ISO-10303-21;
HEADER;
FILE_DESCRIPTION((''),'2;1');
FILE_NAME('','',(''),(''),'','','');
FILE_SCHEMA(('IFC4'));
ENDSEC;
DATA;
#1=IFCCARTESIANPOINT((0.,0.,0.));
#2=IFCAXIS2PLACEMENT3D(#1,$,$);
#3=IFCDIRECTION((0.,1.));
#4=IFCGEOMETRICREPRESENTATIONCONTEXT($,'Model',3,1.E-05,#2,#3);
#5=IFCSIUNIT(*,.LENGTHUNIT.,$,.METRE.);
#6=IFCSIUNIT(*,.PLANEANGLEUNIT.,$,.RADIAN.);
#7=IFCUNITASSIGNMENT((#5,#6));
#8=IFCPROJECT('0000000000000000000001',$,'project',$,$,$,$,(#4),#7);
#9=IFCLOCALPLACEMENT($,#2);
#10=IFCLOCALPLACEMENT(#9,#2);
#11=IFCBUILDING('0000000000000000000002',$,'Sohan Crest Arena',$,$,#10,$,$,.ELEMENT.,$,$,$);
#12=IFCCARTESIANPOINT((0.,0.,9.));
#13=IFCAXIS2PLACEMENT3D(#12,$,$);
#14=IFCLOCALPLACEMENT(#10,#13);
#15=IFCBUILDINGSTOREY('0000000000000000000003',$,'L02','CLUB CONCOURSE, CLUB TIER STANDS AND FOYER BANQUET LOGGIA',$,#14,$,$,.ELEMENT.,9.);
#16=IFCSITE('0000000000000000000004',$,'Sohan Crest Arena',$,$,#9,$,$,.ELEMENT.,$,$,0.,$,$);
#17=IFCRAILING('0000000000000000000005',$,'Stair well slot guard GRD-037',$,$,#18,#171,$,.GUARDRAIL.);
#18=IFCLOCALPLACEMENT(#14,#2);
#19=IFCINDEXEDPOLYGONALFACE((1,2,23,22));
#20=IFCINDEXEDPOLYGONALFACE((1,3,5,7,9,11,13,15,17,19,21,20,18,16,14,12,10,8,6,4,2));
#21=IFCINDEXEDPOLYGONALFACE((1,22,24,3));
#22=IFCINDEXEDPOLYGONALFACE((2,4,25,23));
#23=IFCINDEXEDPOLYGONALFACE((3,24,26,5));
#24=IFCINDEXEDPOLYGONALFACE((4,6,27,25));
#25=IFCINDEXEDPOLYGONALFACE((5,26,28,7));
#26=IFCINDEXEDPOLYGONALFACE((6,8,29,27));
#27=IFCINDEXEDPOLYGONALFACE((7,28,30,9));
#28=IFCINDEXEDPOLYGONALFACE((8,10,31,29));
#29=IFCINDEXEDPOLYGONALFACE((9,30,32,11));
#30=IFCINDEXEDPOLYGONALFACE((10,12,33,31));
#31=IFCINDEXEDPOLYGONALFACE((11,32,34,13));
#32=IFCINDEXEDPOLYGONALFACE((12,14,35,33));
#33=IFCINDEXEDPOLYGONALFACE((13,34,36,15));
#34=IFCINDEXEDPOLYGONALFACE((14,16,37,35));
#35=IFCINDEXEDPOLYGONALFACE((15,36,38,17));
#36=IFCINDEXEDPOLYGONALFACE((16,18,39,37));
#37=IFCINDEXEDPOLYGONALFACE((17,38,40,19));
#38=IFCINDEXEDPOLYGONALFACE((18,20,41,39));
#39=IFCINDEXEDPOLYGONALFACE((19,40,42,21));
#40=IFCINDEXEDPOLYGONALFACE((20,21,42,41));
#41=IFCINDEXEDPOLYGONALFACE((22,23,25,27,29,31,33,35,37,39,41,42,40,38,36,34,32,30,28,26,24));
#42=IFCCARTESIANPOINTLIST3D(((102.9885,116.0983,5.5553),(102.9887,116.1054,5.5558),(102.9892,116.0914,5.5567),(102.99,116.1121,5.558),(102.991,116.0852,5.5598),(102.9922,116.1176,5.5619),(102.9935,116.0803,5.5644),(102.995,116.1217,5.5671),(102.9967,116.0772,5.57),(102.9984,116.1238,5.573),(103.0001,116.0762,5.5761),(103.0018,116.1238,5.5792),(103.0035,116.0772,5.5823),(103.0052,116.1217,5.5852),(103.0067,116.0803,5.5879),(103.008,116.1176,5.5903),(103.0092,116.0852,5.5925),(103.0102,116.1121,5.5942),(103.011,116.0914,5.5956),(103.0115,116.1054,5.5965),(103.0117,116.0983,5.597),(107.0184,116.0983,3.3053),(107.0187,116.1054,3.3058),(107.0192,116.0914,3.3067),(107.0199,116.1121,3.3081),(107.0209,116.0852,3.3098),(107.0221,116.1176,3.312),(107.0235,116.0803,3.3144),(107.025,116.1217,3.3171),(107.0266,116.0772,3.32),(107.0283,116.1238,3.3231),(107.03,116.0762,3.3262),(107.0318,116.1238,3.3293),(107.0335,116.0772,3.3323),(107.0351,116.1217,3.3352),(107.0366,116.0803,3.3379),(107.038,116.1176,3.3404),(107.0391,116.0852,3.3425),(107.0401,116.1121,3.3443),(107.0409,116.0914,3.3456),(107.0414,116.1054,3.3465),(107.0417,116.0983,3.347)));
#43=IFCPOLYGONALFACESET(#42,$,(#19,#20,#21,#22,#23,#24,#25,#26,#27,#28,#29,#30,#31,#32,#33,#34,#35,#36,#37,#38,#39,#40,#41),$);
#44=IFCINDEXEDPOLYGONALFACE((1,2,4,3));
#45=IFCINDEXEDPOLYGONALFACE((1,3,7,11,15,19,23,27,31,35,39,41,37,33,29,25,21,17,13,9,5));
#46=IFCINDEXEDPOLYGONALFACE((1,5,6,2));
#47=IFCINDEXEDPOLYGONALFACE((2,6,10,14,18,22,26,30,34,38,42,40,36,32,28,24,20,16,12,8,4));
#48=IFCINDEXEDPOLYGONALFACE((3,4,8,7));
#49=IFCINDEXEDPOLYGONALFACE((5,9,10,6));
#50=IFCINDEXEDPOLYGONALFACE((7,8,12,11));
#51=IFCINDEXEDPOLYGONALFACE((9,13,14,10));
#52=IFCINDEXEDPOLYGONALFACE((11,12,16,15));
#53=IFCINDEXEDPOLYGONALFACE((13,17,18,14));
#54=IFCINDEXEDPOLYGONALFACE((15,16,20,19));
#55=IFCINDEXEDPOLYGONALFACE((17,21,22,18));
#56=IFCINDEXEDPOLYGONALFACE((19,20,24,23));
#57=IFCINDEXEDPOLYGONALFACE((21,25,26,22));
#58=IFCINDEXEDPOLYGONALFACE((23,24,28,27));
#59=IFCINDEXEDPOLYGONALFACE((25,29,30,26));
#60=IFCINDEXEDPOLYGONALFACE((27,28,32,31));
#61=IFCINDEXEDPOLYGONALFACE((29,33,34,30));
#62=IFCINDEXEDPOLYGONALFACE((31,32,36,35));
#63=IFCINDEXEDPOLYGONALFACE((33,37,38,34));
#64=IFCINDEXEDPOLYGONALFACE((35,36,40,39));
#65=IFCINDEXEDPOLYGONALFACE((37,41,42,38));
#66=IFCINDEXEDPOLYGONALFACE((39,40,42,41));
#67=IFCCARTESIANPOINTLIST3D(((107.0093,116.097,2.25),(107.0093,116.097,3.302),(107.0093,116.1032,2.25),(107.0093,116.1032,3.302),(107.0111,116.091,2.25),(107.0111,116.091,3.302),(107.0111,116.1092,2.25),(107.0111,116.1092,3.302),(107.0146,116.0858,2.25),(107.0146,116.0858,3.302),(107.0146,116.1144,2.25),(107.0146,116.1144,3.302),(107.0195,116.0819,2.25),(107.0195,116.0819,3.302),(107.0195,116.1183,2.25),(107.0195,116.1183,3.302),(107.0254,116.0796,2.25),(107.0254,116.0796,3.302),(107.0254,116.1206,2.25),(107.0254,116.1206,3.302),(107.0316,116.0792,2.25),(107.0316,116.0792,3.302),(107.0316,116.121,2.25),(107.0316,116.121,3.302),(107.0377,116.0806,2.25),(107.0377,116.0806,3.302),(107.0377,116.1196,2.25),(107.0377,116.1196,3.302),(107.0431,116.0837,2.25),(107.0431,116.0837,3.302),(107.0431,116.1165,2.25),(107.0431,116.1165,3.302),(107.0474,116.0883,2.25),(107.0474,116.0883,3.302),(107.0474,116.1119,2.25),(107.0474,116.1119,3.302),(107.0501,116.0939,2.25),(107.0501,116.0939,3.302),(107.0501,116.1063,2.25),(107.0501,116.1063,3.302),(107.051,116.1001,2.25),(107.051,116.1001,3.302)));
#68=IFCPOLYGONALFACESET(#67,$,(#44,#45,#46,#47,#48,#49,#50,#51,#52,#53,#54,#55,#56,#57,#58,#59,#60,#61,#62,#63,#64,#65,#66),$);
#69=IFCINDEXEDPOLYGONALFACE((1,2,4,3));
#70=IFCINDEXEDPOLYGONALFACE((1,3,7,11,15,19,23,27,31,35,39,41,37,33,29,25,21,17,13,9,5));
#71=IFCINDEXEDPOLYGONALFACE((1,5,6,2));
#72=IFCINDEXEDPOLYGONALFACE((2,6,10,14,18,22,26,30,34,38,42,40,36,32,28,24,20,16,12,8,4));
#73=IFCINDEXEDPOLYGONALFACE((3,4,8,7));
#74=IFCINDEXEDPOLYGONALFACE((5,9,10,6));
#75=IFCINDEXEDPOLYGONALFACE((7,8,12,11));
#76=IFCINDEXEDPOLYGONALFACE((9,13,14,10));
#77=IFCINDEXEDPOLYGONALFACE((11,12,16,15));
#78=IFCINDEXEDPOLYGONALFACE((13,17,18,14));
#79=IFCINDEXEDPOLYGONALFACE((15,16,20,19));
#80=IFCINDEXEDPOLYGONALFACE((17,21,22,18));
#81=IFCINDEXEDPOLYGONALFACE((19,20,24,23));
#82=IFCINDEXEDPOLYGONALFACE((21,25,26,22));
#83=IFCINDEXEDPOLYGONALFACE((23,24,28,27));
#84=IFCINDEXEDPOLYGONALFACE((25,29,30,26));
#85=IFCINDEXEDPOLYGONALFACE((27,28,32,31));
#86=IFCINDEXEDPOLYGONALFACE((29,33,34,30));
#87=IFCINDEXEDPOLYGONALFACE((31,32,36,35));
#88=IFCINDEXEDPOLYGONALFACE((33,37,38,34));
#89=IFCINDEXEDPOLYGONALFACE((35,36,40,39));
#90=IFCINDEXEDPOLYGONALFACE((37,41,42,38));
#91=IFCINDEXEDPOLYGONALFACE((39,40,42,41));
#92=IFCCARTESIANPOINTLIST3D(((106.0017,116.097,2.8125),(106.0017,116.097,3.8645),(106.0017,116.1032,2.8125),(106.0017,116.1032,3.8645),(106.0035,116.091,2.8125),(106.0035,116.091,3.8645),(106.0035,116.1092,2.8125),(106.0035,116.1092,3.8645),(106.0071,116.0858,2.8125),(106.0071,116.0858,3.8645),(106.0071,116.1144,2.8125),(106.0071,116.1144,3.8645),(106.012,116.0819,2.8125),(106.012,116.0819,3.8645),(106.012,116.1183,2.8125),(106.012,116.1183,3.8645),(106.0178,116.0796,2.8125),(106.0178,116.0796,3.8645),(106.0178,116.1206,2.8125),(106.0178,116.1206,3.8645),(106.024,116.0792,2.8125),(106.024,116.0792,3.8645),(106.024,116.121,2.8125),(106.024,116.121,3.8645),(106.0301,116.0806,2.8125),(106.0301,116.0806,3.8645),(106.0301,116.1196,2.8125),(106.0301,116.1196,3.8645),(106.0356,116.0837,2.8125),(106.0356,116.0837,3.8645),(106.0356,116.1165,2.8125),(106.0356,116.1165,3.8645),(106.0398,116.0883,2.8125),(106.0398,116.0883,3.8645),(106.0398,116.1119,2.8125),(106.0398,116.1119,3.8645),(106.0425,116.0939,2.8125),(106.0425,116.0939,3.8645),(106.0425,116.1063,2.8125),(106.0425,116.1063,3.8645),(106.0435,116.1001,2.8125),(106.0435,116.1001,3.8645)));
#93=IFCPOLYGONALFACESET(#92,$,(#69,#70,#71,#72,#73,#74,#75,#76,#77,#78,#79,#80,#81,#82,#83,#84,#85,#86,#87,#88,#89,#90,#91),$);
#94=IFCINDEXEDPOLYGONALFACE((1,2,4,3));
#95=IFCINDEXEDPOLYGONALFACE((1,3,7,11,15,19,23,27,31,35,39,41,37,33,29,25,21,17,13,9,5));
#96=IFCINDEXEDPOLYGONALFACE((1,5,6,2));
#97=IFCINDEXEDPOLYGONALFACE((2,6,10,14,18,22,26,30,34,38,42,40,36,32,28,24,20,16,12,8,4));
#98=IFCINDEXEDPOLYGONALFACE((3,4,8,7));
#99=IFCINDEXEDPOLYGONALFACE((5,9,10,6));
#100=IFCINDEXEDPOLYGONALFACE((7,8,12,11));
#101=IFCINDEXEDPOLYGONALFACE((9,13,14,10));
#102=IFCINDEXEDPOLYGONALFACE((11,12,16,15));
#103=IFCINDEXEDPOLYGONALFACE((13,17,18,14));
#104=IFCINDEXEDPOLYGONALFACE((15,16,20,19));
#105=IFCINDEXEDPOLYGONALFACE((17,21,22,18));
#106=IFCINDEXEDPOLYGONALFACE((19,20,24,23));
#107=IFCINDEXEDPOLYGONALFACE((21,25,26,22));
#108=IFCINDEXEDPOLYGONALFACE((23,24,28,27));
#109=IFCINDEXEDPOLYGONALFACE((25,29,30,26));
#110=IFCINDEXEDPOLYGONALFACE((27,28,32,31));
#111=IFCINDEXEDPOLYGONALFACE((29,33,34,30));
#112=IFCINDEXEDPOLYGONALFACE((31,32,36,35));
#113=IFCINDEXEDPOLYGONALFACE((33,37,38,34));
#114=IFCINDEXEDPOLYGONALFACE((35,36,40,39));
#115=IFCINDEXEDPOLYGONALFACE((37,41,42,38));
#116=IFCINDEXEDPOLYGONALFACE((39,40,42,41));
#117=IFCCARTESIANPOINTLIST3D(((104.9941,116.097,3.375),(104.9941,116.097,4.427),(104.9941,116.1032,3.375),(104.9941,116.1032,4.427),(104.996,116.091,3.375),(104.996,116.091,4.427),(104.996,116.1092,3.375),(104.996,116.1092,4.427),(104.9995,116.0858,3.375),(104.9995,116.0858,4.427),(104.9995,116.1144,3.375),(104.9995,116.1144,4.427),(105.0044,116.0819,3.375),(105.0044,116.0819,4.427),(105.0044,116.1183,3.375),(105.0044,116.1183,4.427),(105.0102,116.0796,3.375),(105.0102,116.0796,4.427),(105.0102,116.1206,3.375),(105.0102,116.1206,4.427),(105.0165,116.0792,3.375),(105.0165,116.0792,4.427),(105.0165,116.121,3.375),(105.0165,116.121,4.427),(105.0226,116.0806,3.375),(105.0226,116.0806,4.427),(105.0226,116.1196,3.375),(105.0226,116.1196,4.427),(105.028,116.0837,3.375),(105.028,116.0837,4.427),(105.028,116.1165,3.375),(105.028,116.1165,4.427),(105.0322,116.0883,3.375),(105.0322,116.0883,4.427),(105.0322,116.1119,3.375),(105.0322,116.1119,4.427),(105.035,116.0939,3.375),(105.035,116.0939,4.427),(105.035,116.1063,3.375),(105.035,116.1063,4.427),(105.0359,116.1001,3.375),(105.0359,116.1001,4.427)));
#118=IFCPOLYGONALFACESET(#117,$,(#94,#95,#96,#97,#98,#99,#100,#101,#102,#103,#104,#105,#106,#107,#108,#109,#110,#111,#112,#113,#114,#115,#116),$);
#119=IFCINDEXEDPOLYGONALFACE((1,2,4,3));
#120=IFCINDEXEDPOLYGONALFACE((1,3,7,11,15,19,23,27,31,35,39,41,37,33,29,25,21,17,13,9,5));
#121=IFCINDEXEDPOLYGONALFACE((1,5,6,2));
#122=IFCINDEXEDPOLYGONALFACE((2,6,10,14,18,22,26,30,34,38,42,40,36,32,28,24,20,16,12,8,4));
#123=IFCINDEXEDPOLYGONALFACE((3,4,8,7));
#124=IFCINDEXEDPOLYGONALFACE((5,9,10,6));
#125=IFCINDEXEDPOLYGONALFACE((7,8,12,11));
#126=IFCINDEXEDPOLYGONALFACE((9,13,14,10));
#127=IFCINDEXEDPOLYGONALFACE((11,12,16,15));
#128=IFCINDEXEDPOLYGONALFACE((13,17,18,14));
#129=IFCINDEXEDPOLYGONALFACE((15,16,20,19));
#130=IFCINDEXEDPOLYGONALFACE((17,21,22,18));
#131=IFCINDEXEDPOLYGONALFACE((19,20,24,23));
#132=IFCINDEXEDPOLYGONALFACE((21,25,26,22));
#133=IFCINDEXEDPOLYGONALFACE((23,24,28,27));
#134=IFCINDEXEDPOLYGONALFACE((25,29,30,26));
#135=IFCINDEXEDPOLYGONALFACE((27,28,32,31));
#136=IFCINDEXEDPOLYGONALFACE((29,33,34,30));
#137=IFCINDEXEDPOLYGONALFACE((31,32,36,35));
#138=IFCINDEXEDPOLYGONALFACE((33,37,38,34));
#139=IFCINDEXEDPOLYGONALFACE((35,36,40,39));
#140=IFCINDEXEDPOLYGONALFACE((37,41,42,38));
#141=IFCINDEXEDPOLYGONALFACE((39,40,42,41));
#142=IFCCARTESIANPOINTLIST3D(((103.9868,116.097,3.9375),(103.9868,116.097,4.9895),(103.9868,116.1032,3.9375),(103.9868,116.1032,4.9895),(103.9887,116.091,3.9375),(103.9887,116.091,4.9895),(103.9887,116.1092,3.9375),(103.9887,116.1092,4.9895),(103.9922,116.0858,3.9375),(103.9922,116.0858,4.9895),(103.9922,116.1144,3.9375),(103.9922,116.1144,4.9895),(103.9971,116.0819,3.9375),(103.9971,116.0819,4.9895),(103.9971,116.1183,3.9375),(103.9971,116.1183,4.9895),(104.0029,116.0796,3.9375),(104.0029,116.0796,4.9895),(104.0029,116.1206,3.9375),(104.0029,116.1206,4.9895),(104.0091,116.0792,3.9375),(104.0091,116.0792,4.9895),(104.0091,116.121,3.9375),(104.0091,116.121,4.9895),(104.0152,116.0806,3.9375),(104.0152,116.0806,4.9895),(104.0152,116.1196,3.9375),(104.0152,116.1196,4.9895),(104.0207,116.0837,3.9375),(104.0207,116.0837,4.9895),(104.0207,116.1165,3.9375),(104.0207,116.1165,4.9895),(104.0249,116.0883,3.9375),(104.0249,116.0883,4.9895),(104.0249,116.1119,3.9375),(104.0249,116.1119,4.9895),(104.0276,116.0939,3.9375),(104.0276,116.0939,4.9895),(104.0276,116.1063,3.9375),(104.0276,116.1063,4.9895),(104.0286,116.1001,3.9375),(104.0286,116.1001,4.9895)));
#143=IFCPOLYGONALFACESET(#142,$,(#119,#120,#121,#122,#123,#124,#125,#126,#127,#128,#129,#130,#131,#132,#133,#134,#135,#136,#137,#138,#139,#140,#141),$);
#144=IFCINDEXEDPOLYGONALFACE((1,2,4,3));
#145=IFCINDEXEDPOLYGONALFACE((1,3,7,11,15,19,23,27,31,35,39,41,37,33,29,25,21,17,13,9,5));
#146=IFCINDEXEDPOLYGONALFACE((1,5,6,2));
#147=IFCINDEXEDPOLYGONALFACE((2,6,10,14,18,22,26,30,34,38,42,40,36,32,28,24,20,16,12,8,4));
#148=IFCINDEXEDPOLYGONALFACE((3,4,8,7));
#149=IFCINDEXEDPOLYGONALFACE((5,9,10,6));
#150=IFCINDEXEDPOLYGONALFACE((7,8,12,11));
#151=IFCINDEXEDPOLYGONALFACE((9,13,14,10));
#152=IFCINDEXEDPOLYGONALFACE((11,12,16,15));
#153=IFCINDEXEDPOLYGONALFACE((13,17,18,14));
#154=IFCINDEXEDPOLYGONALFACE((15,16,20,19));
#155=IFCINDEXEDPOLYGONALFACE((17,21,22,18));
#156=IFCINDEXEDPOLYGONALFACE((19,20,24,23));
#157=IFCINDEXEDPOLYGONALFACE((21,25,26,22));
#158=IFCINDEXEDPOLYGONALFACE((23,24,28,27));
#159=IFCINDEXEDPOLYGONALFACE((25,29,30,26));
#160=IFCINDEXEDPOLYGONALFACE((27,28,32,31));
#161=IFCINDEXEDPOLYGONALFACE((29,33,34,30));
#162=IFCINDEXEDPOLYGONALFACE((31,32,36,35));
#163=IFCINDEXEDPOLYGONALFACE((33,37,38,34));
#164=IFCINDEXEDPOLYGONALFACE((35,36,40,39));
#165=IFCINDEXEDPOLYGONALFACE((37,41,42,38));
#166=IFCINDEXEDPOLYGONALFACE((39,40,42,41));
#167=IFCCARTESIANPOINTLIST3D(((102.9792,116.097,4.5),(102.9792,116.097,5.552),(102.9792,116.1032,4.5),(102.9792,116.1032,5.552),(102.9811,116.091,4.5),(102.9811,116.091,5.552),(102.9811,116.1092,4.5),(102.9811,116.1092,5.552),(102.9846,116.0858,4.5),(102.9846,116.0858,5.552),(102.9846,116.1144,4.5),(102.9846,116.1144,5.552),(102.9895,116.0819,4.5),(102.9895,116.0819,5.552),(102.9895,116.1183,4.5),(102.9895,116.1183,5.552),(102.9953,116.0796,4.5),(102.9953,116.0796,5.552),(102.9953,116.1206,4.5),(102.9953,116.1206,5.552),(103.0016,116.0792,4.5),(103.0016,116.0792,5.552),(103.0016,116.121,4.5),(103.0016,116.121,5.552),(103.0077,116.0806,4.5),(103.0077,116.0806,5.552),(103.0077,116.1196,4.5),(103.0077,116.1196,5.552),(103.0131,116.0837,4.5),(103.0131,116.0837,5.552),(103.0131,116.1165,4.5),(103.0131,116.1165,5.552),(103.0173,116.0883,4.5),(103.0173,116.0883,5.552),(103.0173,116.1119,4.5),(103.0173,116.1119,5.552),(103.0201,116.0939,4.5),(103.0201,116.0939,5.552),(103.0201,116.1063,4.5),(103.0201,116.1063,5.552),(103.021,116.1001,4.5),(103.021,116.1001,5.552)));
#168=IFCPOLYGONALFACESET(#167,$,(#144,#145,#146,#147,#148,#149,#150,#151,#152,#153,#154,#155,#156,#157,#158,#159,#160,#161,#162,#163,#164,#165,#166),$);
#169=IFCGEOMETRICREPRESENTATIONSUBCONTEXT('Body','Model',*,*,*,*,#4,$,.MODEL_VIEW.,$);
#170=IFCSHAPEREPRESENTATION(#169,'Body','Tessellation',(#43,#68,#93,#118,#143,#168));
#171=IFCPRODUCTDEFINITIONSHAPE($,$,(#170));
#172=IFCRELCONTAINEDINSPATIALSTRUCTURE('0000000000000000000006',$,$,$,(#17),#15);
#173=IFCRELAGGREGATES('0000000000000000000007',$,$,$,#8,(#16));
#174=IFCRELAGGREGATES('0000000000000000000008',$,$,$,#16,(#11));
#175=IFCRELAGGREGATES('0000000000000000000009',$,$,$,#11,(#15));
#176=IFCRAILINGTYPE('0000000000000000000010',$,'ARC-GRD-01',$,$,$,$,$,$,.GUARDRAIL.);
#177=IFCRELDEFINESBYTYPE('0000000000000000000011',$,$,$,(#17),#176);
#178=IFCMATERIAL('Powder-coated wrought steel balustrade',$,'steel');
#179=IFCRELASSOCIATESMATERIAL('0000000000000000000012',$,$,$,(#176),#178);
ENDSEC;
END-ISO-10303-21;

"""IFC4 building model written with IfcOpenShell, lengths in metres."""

from ifc_helpers import new_model, si_unit, direction, frame, origin, origin_2d, place, context, subcontext, project, spatial, circle, extrude, material, type_object, element, save


model = new_model("IFC4")

# Units and contexts
model_context = context("Model", 3, precision=1e-05, world=origin(), true_north=direction((0.0, 1.0)))
body_context = subcontext(model_context, "Body", "Model", "MODEL_VIEW")
ifc_project = project(units=[si_unit("LENGTHUNIT", "METRE"), si_unit("PLANEANGLEUNIT", "RADIAN")], contexts=[model_context])

# Site, building, storey
site_placement = place(None, origin())
site = spatial("IfcSite", under=ifc_project, at=site_placement, Name="Sohan Crest Arena", CompositionType="ELEMENT", RefElevation=0.0)
building_placement = place(site_placement, origin())
building = spatial("IfcBuilding", under=site, at=building_placement, Name="Sohan Crest Arena", CompositionType="ELEMENT")
storey_placement = place(building_placement, frame((0.0, 0.0, 9.0)))
storey = spatial("IfcBuildingStorey", under=building, at=storey_placement, Name="L02", Description="CLUB CONCOURSE, CLUB TIER STANDS AND FOYER BANQUET LOGGIA", CompositionType="ELEMENT", Elevation=9.0)

# Railing
ifc_material_1 = material(Name="Powder-coated wrought steel balustrade", Category="steel")
railing_type_1 = type_object("IfcRailingType", Name="ARC-GRD-01", PredefinedType="GUARDRAIL", material=ifc_material_1)
railing_1_placement = place(storey_placement, frame((107.03, 116.1001, 2.25)))
element("IfcRailing", 1, at=railing_1_placement, inside=storey, type_object=railing_type_1, Name="Stair well slot guard GRD-037", PredefinedType="GUARDRAIL", context=body_context, shape_type="SweptSolid", body=[
    extrude(circle(Radius=0.0239, at=origin_2d()), frame((0.0, 0.0, 1.0762), z_axis=(-0.873135, 0.0, 0.487479), x_axis=(0.0, -1.0, 0.0)), (0.0, 0.0, 1.0), 4.6155),
    extrude(circle(Radius=0.021, at=origin_2d()), origin(), (0.0, 0.0, 1.0), 1.052),
    extrude(circle(Radius=0.021, at=origin_2d()), frame((-1.0076, 0.0, 0.5625)), (0.0, 0.0, 1.0), 1.052),
    extrude(circle(Radius=0.021, at=origin_2d()), frame((-2.0151, 0.0, 1.125)), (0.0, 0.0, 1.0), 1.052),
    extrude(circle(Radius=0.021, at=origin_2d()), frame((-3.0225, 0.0, 1.6875)), (0.0, 0.0, 1.0), 1.052),
    extrude(circle(Radius=0.021, at=origin_2d()), frame((-4.03, 0.0, 2.25)), (0.0, 0.0, 1.0), 1.052),
])

save(model, "model.ifc")
